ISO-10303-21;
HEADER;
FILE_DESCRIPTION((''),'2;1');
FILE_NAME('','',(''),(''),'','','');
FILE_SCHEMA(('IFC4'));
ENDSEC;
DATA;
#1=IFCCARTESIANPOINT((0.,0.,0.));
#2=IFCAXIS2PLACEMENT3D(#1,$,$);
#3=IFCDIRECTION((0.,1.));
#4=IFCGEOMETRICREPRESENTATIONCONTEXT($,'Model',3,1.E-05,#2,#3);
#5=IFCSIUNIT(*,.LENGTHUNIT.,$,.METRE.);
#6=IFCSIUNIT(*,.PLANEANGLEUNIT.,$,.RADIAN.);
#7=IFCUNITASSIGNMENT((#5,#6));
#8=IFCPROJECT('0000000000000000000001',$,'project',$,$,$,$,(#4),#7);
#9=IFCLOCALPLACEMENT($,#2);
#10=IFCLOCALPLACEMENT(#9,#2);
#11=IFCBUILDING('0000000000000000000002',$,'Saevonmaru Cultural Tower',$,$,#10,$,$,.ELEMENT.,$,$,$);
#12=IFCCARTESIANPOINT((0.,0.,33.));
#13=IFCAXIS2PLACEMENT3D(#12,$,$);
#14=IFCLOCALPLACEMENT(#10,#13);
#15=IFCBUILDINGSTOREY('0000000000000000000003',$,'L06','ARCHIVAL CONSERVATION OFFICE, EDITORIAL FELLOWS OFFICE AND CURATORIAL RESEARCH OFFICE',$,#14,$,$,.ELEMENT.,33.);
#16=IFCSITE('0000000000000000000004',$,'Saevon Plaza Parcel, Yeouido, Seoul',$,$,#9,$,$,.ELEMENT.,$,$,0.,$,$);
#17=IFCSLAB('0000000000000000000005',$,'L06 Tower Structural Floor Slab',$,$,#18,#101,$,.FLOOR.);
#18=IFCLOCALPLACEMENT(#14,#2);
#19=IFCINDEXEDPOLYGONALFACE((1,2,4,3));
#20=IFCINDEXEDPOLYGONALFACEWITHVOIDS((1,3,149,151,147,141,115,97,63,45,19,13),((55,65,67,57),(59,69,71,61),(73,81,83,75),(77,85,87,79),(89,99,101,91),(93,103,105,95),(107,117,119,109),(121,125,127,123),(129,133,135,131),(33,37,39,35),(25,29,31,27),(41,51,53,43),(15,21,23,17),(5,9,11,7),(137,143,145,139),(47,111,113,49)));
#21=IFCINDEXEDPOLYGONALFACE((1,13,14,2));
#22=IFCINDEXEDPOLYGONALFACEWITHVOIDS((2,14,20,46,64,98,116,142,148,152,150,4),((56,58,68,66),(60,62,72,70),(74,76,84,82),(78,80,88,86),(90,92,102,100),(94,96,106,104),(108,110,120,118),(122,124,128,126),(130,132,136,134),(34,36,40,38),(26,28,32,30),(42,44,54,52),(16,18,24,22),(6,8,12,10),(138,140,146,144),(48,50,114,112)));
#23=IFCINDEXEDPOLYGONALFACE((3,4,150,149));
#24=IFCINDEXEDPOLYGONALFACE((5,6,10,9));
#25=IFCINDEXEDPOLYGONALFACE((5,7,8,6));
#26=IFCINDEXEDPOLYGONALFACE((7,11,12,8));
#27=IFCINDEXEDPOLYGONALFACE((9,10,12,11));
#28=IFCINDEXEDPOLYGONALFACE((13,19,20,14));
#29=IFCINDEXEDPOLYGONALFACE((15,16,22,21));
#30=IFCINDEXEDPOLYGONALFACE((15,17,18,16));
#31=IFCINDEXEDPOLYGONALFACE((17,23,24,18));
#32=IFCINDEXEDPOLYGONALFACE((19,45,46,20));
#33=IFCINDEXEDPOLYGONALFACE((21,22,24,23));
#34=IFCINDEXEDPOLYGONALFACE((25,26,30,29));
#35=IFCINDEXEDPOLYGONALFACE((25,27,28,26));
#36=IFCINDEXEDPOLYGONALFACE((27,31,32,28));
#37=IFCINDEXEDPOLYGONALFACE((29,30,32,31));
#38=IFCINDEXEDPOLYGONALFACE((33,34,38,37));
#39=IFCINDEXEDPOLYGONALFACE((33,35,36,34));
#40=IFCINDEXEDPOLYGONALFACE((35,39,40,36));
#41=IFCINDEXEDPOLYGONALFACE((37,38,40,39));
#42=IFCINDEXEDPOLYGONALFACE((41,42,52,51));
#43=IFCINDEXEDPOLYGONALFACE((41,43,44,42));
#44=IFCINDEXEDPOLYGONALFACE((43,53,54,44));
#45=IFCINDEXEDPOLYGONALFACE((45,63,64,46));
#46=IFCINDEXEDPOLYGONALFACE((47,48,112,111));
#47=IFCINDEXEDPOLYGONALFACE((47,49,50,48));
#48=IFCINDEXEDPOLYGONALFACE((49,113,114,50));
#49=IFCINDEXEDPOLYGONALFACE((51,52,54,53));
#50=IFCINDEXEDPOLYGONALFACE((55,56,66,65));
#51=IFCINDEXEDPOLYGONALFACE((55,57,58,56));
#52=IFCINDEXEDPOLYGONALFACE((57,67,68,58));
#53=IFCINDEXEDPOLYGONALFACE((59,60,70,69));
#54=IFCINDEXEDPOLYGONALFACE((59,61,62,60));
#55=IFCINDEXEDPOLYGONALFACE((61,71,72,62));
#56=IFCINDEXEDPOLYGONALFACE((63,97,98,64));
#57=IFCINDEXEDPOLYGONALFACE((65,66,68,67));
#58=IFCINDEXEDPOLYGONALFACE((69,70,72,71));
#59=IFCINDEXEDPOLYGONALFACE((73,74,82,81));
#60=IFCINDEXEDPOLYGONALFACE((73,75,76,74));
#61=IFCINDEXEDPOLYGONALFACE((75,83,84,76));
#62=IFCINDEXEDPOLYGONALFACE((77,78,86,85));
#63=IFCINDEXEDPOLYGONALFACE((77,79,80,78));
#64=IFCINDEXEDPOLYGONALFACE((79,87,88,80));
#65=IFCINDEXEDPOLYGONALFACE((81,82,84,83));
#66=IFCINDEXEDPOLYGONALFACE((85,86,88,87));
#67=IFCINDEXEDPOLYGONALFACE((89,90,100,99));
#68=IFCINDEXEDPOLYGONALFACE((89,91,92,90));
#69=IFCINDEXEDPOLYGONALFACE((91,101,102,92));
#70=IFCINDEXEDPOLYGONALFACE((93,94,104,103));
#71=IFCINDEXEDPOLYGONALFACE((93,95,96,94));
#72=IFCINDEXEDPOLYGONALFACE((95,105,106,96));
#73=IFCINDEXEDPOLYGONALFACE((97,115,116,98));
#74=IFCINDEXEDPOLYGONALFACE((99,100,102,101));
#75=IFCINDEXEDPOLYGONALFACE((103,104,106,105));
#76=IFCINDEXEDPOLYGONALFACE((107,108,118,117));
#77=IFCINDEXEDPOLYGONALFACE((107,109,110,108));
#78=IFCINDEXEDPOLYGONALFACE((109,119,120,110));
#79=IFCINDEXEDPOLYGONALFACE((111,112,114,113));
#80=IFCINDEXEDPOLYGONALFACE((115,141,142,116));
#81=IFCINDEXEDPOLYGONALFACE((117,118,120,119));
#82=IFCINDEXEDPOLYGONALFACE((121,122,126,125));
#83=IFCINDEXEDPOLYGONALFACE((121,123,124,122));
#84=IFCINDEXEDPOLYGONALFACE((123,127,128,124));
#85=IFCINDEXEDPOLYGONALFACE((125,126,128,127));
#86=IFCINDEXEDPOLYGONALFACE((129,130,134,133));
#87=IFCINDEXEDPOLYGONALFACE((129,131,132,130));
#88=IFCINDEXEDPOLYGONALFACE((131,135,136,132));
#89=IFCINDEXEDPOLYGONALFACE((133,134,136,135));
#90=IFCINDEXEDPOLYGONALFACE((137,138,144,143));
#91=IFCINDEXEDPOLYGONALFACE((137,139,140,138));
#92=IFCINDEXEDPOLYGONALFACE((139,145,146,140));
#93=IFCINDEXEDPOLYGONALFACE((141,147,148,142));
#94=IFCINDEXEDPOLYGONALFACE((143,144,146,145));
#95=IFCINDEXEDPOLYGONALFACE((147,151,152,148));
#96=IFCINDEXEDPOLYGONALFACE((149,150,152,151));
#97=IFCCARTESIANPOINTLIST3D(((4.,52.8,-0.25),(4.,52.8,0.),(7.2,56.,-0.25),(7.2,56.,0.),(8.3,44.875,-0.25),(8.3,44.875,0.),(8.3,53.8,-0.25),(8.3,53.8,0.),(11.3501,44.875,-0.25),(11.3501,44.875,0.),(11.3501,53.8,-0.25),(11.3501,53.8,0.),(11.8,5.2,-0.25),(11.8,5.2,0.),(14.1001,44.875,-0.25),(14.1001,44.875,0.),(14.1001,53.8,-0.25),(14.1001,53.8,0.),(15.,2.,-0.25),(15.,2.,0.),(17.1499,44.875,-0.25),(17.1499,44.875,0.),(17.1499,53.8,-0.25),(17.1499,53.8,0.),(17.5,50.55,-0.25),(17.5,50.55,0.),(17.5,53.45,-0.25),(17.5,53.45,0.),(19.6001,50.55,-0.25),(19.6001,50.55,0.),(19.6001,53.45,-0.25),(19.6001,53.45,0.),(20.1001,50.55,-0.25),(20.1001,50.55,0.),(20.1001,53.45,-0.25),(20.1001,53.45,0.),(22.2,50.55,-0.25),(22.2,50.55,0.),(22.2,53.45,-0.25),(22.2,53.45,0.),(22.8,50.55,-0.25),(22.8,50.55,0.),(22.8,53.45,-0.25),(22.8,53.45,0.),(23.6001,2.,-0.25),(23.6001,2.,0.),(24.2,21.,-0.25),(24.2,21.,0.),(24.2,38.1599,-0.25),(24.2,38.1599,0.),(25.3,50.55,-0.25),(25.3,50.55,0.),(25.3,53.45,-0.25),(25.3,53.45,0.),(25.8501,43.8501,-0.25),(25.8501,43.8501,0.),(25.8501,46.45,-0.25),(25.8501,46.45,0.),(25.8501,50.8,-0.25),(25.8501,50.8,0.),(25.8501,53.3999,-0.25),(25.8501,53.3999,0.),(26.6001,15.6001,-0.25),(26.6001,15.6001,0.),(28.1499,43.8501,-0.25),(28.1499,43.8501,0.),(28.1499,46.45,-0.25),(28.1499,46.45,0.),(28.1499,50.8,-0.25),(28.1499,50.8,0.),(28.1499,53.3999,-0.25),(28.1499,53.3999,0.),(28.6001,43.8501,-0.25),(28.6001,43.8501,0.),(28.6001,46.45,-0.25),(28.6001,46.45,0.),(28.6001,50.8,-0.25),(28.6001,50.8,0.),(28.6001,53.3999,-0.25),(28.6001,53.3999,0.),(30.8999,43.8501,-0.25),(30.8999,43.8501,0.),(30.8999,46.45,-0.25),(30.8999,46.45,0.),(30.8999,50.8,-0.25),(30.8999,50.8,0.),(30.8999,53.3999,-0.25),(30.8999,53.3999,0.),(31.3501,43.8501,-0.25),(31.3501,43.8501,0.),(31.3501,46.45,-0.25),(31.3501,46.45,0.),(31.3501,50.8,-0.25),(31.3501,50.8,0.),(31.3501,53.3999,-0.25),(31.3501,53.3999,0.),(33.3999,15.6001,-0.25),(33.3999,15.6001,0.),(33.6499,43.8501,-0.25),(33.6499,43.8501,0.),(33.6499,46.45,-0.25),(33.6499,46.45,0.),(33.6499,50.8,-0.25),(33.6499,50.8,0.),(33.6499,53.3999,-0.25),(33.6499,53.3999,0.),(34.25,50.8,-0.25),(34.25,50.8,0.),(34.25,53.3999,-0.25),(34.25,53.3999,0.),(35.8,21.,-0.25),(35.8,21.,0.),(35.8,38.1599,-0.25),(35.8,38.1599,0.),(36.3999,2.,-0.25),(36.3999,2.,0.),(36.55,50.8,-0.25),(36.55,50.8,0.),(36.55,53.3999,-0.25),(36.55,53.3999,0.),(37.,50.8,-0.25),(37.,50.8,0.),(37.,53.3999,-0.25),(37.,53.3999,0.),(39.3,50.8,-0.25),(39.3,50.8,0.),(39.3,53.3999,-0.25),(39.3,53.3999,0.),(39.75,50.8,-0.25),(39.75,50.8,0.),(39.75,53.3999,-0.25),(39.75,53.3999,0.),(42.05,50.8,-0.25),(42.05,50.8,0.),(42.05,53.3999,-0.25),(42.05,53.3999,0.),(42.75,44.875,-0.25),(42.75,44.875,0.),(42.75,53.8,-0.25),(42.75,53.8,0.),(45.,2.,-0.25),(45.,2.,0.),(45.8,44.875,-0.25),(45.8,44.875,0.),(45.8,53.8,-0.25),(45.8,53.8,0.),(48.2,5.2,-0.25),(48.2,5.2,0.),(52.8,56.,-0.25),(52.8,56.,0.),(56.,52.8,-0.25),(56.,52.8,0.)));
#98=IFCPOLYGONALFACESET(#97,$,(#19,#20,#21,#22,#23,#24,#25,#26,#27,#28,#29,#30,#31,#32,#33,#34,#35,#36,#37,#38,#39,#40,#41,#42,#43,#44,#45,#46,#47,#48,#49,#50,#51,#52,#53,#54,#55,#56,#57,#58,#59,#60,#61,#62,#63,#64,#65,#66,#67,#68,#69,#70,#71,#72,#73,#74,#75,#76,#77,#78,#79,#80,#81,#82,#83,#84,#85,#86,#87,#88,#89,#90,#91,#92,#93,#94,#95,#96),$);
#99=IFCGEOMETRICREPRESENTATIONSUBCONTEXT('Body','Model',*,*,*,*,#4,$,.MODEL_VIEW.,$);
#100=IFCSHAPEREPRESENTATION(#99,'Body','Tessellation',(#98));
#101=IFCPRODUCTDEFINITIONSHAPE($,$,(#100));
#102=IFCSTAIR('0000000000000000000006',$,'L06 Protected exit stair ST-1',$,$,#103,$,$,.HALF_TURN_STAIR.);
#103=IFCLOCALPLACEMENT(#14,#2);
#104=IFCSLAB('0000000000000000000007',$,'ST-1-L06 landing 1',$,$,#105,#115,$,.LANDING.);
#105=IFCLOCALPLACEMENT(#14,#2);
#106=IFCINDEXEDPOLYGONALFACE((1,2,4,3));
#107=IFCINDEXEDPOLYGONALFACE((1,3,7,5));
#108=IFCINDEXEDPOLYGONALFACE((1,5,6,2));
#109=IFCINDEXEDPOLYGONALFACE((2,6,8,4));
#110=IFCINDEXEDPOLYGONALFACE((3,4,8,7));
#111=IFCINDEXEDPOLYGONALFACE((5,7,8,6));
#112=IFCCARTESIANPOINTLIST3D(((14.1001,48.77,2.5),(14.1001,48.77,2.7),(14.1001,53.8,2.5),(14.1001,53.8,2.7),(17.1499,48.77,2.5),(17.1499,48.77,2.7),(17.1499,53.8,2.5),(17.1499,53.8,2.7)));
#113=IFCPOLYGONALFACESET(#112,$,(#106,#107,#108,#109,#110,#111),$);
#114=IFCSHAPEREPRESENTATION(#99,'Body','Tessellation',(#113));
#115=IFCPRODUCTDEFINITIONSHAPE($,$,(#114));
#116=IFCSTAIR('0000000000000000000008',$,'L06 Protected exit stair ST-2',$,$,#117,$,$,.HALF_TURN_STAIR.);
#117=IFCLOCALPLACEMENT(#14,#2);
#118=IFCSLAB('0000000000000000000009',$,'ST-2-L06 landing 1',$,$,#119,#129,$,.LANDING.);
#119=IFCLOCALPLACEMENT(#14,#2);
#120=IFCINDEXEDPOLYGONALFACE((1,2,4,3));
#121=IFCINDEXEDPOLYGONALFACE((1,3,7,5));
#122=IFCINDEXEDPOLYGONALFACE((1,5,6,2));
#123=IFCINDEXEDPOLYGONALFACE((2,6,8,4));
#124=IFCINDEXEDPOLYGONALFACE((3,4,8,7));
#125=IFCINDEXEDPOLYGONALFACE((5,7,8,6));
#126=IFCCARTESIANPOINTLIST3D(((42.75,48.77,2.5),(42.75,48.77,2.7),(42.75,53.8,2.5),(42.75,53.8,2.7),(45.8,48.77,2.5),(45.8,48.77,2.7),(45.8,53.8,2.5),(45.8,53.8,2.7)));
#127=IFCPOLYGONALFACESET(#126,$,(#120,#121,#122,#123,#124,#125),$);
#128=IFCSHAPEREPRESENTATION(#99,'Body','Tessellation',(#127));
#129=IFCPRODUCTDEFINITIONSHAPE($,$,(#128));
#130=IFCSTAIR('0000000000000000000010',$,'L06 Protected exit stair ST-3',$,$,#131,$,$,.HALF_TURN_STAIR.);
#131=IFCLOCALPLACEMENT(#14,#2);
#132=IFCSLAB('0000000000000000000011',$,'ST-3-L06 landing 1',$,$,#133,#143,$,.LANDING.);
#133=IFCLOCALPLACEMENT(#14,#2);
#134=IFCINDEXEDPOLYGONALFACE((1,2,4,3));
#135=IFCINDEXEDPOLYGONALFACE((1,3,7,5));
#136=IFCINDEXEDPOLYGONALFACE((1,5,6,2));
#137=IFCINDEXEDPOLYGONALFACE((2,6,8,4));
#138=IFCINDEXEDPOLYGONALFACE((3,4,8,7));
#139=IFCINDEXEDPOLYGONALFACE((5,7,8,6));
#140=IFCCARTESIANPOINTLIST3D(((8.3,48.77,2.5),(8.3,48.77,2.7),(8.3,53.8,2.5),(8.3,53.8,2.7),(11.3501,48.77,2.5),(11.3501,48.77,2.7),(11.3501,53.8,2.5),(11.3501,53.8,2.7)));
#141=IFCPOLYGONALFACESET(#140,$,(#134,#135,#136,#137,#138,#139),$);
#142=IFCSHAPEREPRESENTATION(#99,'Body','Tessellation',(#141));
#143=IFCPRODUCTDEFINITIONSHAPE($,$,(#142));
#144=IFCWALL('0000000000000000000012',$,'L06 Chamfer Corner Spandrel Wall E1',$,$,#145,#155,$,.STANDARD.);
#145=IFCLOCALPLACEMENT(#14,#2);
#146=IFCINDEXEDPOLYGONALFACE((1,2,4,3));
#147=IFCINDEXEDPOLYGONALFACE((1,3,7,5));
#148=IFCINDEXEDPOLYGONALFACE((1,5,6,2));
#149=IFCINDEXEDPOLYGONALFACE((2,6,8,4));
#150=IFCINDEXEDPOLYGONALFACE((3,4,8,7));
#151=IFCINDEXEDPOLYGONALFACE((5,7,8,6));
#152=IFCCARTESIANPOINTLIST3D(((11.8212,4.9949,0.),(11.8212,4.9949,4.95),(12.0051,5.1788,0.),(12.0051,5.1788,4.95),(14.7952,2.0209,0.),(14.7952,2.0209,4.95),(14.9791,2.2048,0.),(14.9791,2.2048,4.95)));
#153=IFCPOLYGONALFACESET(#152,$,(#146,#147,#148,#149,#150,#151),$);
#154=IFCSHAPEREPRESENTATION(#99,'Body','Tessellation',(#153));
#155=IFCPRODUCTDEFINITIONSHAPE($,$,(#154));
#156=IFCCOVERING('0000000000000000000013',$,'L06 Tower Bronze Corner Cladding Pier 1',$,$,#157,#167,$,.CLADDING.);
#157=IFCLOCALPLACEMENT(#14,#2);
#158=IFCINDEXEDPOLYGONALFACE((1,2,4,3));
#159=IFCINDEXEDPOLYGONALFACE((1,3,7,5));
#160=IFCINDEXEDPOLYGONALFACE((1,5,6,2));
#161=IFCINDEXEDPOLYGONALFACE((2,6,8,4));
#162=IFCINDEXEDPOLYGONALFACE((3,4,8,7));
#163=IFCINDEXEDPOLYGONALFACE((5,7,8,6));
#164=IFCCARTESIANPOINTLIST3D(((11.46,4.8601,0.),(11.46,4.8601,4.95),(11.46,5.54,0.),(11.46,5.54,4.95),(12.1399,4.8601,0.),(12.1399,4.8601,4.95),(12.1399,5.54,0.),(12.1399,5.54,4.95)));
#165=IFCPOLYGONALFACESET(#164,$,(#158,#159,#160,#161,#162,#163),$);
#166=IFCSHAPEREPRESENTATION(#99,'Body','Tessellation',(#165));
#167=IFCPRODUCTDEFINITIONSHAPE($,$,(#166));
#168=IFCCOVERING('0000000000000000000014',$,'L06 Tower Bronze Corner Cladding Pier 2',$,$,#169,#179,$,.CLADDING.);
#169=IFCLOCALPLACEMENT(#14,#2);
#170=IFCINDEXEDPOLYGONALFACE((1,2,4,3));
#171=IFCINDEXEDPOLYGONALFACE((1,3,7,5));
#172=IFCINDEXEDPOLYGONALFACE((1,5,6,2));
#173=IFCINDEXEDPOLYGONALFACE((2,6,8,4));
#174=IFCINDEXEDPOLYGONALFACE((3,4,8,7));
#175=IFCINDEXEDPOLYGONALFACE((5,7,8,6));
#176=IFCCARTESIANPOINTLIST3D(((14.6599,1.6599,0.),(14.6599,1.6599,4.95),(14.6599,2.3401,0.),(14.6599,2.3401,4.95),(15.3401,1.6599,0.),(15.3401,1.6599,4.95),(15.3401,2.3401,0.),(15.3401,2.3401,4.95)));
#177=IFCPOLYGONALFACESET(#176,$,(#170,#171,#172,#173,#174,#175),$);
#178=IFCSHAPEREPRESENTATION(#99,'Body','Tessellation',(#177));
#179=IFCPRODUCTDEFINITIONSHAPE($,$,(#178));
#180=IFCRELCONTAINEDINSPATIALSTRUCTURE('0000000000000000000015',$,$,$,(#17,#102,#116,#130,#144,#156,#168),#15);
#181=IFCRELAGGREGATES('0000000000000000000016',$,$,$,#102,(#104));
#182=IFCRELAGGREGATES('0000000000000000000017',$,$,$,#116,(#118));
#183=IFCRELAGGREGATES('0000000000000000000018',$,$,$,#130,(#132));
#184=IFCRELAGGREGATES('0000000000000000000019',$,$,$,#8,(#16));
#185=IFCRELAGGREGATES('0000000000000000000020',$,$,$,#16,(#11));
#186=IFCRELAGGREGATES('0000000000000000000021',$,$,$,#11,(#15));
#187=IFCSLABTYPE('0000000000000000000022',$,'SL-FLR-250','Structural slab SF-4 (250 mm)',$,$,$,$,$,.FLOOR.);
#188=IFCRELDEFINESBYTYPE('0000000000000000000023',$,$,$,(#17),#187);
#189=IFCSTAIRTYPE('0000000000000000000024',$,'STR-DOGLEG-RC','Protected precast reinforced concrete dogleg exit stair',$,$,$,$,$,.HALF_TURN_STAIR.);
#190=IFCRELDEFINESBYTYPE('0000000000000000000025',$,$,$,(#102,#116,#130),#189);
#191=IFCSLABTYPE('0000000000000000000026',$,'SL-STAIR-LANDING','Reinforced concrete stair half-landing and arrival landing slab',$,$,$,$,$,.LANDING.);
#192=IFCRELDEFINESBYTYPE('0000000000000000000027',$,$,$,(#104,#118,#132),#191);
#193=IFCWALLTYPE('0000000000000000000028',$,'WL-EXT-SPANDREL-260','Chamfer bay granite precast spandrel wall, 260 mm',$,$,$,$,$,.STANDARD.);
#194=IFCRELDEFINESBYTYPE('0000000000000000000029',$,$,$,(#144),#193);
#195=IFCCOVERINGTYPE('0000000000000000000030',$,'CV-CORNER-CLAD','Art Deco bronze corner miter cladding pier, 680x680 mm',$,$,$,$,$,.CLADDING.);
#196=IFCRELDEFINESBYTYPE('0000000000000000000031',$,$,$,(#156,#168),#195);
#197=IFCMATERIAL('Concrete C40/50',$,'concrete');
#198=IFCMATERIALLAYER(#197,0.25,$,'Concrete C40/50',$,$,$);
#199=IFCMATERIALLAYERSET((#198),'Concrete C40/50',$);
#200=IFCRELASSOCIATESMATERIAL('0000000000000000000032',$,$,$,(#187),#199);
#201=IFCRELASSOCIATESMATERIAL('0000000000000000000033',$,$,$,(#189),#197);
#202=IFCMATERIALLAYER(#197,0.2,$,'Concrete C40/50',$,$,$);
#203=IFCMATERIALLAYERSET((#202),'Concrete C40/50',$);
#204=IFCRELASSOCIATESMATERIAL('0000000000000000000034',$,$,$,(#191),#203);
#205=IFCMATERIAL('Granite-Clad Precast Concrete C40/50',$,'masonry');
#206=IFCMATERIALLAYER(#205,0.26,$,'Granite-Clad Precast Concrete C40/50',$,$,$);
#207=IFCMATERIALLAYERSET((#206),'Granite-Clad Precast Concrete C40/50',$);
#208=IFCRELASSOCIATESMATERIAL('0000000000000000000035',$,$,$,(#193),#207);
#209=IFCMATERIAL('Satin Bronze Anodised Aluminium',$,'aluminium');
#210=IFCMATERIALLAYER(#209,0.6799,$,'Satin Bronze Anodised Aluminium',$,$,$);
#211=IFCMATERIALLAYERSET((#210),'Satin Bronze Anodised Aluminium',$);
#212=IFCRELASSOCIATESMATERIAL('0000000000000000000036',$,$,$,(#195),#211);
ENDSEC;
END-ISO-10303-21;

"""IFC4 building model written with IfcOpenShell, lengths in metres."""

from ifc_helpers import new_model, si_unit, direction, frame, frame_2d, origin, place, context, subcontext, project, spatial, polyline, rectangle, outline, extrude, material, layer, layer_set, type_object, element, aggregate, save


model = new_model("IFC4")

# Units and contexts
model_context = context("Model", 3, precision=1e-05, world=origin(), true_north=direction((0.0, 1.0)))
body_context = subcontext(model_context, "Body", "Model", "MODEL_VIEW")
ifc_project = project(units=[si_unit("LENGTHUNIT", "METRE"), si_unit("PLANEANGLEUNIT", "RADIAN")], contexts=[model_context])

# Site, building, storey
site_placement = place(None, origin())
site = spatial("IfcSite", under=ifc_project, at=site_placement, Name="Saevon Plaza Parcel, Yeouido, Seoul", CompositionType="ELEMENT", RefElevation=0.0)
building_placement = place(site_placement, origin())
building = spatial("IfcBuilding", under=site, at=building_placement, Name="Saevonmaru Cultural Tower", CompositionType="ELEMENT")
storey_placement = place(building_placement, frame((0.0, 0.0, 33.0)))
storey = spatial("IfcBuildingStorey", under=building, at=storey_placement, Name="L06", Description="ARCHIVAL CONSERVATION OFFICE, EDITORIAL FELLOWS OFFICE AND CURATORIAL RESEARCH OFFICE", CompositionType="ELEMENT", Elevation=33.0)

# Shared definitions
ifc_material_1 = material(Name="Satin Bronze Anodised Aluminium", Category="aluminium")

# Slab
ifc_material_2 = material(Name="Concrete C40/50", Category="concrete")
ifc_layer_1 = layer(ifc_material_2, 0.25, Name="Concrete C40/50")
ifc_layer_set_1 = layer_set([ifc_layer_1], Name="Concrete C40/50")
slab_type_1 = type_object("IfcSlabType", Name="SL-FLR-250", Description="Structural slab SF-4 (250 mm)", PredefinedType="FLOOR", material=ifc_layer_set_1)
slab_1_placement = place(storey_placement, frame((0.0, 0.0, -0.25)))
element("IfcSlab", 1, at=slab_1_placement, inside=storey, type_object=slab_type_1, Name="L06 Tower Structural Floor Slab", PredefinedType="FLOOR", context=body_context, shape_type="SweptSolid", body=[
    extrude(outline(polyline([(11.8, 5.2), (15.0, 2.0), (23.6001, 2.0), (26.6001, 15.6001), (33.3999, 15.6001), (36.3999, 2.0), (45.0, 2.0), (48.2, 5.2), (56.0, 52.8), (52.8, 56.0), (7.2, 56.0), (4.0, 52.8), (11.8, 5.2)]), holes=[polyline([(45.8, 44.875), (42.75, 44.875), (42.75, 53.8), (45.8, 53.8), (45.8, 44.875)]), polyline([(39.75, 50.8), (39.75, 53.3999), (42.05, 53.3999), (42.05, 50.8), (39.75, 50.8)]), polyline([(37.0, 50.8), (37.0, 53.3999), (39.3, 53.3999), (39.3, 50.8), (37.0, 50.8)]), polyline([(34.25, 50.8), (34.25, 53.3999), (36.55, 53.3999), (36.55, 50.8), (34.25, 50.8)]), polyline([(24.2, 21.0), (24.2, 38.1599), (35.8, 38.1599), (35.8, 21.0), (24.2, 21.0)]), polyline([(31.3501, 50.8), (31.3501, 53.3999), (33.6499, 53.3999), (33.6499, 50.8), (31.3501, 50.8)]), polyline([(31.3501, 43.8501), (31.3501, 46.45), (33.6499, 46.45), (33.6499, 43.8501), (31.3501, 43.8501)]), polyline([(28.6001, 43.8501), (28.6001, 46.45), (30.8999, 46.45), (30.8999, 43.8501), (28.6001, 43.8501)]), polyline([(28.6001, 50.8), (28.6001, 53.3999), (30.8999, 53.3999), (30.8999, 50.8), (28.6001, 50.8)]), polyline([(25.8501, 50.8), (25.8501, 53.3999), (28.1499, 53.3999), (28.1499, 50.8), (25.8501, 50.8)]), polyline([(25.8501, 43.8501), (25.8501, 46.45), (28.1499, 46.45), (28.1499, 43.8501), (25.8501, 43.8501)]), polyline([(22.8, 50.55), (22.8, 53.45), (25.3, 53.45), (25.3, 50.55), (22.8, 50.55)]), polyline([(20.1001, 50.55), (20.1001, 53.45), (22.2, 53.45), (22.2, 50.55), (20.1001, 50.55)]), polyline([(17.5, 50.55), (17.5, 53.45), (19.6001, 53.45), (19.6001, 50.55), (17.5, 50.55)]), polyline([(17.1499, 44.875), (14.1001, 44.875), (14.1001, 53.8), (17.1499, 53.8), (17.1499, 44.875)]), polyline([(11.3501, 44.875), (8.3, 44.875), (8.3, 53.8), (11.3501, 53.8), (11.3501, 44.875)])]), origin(), (0.0, 0.0, 1.0), 0.25),
])

# Stairs, slabs
stair_type = type_object("IfcStairType", Name="STR-DOGLEG-RC", Description="Protected precast reinforced concrete dogleg exit stair", PredefinedType="HALF_TURN_STAIR", material=ifc_material_2)
stair_1_placement = place(storey_placement, origin())
stair_1 = element("IfcStair", 2, at=stair_1_placement, inside=storey, type_object=stair_type, Name="L06 Protected exit stair ST-1", PredefinedType="HALF_TURN_STAIR")
ifc_layer_2 = layer(ifc_material_2, 0.2, Name="Concrete C40/50")
ifc_layer_set_2 = layer_set([ifc_layer_2], Name="Concrete C40/50")
slab_type_2 = type_object("IfcSlabType", Name="SL-STAIR-LANDING", Description="Reinforced concrete stair half-landing and arrival landing slab", PredefinedType="LANDING", material=ifc_layer_set_2)
slab_2_placement = place(storey_placement, frame((0.0, 0.0, 2.5)))
slab_2 = element("IfcSlab", 3, at=slab_2_placement, type_object=slab_type_2, Name="ST-1-L06 landing 1", PredefinedType="LANDING", context=body_context, shape_type="SweptSolid", body=[
    extrude(outline(polyline([(17.1499, 48.77), (17.1499, 53.8), (14.1001, 53.8), (14.1001, 48.77), (17.1499, 48.77)])), origin(), (0.0, 0.0, 1.0), 0.2),
])
aggregate(stair_1, [slab_2])
stair_2_placement = place(storey_placement, origin())
stair_2 = element("IfcStair", 4, at=stair_2_placement, inside=storey, type_object=stair_type, Name="L06 Protected exit stair ST-2", PredefinedType="HALF_TURN_STAIR")
slab_3_placement = place(storey_placement, frame((0.0, 0.0, 2.5)))
slab_3 = element("IfcSlab", 5, at=slab_3_placement, type_object=slab_type_2, Name="ST-2-L06 landing 1", PredefinedType="LANDING", context=body_context, shape_type="SweptSolid", body=[
    extrude(outline(polyline([(45.8, 48.77), (45.8, 53.8), (42.75, 53.8), (42.75, 48.77), (45.8, 48.77)])), origin(), (0.0, 0.0, 1.0), 0.2),
])
aggregate(stair_2, [slab_3])
stair_3_placement = place(storey_placement, origin())
stair_3 = element("IfcStair", 6, at=stair_3_placement, inside=storey, type_object=stair_type, Name="L06 Protected exit stair ST-3", PredefinedType="HALF_TURN_STAIR")
slab_4_placement = place(storey_placement, frame((0.0, 0.0, 2.5)))
slab_4 = element("IfcSlab", 7, at=slab_4_placement, type_object=slab_type_2, Name="ST-3-L06 landing 1", PredefinedType="LANDING", context=body_context, shape_type="SweptSolid", body=[
    extrude(outline(polyline([(11.3501, 48.77), (11.3501, 53.8), (8.3, 53.8), (8.3, 48.77), (11.3501, 48.77)])), origin(), (0.0, 0.0, 1.0), 0.2),
])
aggregate(stair_3, [slab_4])

# Wall
ifc_material_3 = material(Name="Granite-Clad Precast Concrete C40/50", Category="masonry")
ifc_layer_3 = layer(ifc_material_3, 0.26, Name="Granite-Clad Precast Concrete C40/50")
ifc_layer_set_3 = layer_set([ifc_layer_3], Name="Granite-Clad Precast Concrete C40/50")
wall_type = type_object("IfcWallType", Name="WL-EXT-SPANDREL-260", Description="Chamfer bay granite precast spandrel wall, 260 mm", PredefinedType="STANDARD", material=ifc_layer_set_3)
wall_placement = place(storey_placement, frame((11.9131, 5.0869, 0.0), z_axis=(0.0, 0.0, 1.0), x_axis=(0.707107, -0.707107, 0.0)))
element("IfcWall", 8, at=wall_placement, inside=storey, type_object=wall_type, Name="L06 Chamfer Corner Spandrel Wall E1", PredefinedType="STANDARD", context=body_context, shape_type="SweptSolid", body=[
    extrude(rectangle(XDim=4.2058, YDim=0.26, at=frame_2d((2.103, 0.0))), origin(), (0.0, 0.0, 1.0), 4.95),
])

# Coverings
ifc_layer_4 = layer(ifc_material_1, 0.6799, Name="Satin Bronze Anodised Aluminium")
ifc_layer_set_4 = layer_set([ifc_layer_4], Name="Satin Bronze Anodised Aluminium")
covering_type = type_object("IfcCoveringType", Name="CV-CORNER-CLAD", Description="Art Deco bronze corner miter cladding pier, 680x680 mm", PredefinedType="CLADDING", material=ifc_layer_set_4)
covering_1_placement = place(storey_placement, origin())
element("IfcCovering", 9, at=covering_1_placement, inside=storey, type_object=covering_type, Name="L06 Tower Bronze Corner Cladding Pier 1", PredefinedType="CLADDING", context=body_context, shape_type="SweptSolid", body=[
    extrude(outline(polyline([(11.46, 4.8601), (12.1399, 4.8601), (12.1399, 5.54), (11.46, 5.54), (11.46, 4.8601)])), origin(), (0.0, 0.0, 1.0), 4.95),
])
covering_2_placement = place(storey_placement, origin())
element("IfcCovering", 10, at=covering_2_placement, inside=storey, type_object=covering_type, Name="L06 Tower Bronze Corner Cladding Pier 2", PredefinedType="CLADDING", context=body_context, shape_type="SweptSolid", body=[
    extrude(outline(polyline([(14.6599, 1.6599), (15.3401, 1.6599), (15.3401, 2.3401), (14.6599, 2.3401), (14.6599, 1.6599)])), origin(), (0.0, 0.0, 1.0), 4.95),
])

save(model, "model.ifc")
